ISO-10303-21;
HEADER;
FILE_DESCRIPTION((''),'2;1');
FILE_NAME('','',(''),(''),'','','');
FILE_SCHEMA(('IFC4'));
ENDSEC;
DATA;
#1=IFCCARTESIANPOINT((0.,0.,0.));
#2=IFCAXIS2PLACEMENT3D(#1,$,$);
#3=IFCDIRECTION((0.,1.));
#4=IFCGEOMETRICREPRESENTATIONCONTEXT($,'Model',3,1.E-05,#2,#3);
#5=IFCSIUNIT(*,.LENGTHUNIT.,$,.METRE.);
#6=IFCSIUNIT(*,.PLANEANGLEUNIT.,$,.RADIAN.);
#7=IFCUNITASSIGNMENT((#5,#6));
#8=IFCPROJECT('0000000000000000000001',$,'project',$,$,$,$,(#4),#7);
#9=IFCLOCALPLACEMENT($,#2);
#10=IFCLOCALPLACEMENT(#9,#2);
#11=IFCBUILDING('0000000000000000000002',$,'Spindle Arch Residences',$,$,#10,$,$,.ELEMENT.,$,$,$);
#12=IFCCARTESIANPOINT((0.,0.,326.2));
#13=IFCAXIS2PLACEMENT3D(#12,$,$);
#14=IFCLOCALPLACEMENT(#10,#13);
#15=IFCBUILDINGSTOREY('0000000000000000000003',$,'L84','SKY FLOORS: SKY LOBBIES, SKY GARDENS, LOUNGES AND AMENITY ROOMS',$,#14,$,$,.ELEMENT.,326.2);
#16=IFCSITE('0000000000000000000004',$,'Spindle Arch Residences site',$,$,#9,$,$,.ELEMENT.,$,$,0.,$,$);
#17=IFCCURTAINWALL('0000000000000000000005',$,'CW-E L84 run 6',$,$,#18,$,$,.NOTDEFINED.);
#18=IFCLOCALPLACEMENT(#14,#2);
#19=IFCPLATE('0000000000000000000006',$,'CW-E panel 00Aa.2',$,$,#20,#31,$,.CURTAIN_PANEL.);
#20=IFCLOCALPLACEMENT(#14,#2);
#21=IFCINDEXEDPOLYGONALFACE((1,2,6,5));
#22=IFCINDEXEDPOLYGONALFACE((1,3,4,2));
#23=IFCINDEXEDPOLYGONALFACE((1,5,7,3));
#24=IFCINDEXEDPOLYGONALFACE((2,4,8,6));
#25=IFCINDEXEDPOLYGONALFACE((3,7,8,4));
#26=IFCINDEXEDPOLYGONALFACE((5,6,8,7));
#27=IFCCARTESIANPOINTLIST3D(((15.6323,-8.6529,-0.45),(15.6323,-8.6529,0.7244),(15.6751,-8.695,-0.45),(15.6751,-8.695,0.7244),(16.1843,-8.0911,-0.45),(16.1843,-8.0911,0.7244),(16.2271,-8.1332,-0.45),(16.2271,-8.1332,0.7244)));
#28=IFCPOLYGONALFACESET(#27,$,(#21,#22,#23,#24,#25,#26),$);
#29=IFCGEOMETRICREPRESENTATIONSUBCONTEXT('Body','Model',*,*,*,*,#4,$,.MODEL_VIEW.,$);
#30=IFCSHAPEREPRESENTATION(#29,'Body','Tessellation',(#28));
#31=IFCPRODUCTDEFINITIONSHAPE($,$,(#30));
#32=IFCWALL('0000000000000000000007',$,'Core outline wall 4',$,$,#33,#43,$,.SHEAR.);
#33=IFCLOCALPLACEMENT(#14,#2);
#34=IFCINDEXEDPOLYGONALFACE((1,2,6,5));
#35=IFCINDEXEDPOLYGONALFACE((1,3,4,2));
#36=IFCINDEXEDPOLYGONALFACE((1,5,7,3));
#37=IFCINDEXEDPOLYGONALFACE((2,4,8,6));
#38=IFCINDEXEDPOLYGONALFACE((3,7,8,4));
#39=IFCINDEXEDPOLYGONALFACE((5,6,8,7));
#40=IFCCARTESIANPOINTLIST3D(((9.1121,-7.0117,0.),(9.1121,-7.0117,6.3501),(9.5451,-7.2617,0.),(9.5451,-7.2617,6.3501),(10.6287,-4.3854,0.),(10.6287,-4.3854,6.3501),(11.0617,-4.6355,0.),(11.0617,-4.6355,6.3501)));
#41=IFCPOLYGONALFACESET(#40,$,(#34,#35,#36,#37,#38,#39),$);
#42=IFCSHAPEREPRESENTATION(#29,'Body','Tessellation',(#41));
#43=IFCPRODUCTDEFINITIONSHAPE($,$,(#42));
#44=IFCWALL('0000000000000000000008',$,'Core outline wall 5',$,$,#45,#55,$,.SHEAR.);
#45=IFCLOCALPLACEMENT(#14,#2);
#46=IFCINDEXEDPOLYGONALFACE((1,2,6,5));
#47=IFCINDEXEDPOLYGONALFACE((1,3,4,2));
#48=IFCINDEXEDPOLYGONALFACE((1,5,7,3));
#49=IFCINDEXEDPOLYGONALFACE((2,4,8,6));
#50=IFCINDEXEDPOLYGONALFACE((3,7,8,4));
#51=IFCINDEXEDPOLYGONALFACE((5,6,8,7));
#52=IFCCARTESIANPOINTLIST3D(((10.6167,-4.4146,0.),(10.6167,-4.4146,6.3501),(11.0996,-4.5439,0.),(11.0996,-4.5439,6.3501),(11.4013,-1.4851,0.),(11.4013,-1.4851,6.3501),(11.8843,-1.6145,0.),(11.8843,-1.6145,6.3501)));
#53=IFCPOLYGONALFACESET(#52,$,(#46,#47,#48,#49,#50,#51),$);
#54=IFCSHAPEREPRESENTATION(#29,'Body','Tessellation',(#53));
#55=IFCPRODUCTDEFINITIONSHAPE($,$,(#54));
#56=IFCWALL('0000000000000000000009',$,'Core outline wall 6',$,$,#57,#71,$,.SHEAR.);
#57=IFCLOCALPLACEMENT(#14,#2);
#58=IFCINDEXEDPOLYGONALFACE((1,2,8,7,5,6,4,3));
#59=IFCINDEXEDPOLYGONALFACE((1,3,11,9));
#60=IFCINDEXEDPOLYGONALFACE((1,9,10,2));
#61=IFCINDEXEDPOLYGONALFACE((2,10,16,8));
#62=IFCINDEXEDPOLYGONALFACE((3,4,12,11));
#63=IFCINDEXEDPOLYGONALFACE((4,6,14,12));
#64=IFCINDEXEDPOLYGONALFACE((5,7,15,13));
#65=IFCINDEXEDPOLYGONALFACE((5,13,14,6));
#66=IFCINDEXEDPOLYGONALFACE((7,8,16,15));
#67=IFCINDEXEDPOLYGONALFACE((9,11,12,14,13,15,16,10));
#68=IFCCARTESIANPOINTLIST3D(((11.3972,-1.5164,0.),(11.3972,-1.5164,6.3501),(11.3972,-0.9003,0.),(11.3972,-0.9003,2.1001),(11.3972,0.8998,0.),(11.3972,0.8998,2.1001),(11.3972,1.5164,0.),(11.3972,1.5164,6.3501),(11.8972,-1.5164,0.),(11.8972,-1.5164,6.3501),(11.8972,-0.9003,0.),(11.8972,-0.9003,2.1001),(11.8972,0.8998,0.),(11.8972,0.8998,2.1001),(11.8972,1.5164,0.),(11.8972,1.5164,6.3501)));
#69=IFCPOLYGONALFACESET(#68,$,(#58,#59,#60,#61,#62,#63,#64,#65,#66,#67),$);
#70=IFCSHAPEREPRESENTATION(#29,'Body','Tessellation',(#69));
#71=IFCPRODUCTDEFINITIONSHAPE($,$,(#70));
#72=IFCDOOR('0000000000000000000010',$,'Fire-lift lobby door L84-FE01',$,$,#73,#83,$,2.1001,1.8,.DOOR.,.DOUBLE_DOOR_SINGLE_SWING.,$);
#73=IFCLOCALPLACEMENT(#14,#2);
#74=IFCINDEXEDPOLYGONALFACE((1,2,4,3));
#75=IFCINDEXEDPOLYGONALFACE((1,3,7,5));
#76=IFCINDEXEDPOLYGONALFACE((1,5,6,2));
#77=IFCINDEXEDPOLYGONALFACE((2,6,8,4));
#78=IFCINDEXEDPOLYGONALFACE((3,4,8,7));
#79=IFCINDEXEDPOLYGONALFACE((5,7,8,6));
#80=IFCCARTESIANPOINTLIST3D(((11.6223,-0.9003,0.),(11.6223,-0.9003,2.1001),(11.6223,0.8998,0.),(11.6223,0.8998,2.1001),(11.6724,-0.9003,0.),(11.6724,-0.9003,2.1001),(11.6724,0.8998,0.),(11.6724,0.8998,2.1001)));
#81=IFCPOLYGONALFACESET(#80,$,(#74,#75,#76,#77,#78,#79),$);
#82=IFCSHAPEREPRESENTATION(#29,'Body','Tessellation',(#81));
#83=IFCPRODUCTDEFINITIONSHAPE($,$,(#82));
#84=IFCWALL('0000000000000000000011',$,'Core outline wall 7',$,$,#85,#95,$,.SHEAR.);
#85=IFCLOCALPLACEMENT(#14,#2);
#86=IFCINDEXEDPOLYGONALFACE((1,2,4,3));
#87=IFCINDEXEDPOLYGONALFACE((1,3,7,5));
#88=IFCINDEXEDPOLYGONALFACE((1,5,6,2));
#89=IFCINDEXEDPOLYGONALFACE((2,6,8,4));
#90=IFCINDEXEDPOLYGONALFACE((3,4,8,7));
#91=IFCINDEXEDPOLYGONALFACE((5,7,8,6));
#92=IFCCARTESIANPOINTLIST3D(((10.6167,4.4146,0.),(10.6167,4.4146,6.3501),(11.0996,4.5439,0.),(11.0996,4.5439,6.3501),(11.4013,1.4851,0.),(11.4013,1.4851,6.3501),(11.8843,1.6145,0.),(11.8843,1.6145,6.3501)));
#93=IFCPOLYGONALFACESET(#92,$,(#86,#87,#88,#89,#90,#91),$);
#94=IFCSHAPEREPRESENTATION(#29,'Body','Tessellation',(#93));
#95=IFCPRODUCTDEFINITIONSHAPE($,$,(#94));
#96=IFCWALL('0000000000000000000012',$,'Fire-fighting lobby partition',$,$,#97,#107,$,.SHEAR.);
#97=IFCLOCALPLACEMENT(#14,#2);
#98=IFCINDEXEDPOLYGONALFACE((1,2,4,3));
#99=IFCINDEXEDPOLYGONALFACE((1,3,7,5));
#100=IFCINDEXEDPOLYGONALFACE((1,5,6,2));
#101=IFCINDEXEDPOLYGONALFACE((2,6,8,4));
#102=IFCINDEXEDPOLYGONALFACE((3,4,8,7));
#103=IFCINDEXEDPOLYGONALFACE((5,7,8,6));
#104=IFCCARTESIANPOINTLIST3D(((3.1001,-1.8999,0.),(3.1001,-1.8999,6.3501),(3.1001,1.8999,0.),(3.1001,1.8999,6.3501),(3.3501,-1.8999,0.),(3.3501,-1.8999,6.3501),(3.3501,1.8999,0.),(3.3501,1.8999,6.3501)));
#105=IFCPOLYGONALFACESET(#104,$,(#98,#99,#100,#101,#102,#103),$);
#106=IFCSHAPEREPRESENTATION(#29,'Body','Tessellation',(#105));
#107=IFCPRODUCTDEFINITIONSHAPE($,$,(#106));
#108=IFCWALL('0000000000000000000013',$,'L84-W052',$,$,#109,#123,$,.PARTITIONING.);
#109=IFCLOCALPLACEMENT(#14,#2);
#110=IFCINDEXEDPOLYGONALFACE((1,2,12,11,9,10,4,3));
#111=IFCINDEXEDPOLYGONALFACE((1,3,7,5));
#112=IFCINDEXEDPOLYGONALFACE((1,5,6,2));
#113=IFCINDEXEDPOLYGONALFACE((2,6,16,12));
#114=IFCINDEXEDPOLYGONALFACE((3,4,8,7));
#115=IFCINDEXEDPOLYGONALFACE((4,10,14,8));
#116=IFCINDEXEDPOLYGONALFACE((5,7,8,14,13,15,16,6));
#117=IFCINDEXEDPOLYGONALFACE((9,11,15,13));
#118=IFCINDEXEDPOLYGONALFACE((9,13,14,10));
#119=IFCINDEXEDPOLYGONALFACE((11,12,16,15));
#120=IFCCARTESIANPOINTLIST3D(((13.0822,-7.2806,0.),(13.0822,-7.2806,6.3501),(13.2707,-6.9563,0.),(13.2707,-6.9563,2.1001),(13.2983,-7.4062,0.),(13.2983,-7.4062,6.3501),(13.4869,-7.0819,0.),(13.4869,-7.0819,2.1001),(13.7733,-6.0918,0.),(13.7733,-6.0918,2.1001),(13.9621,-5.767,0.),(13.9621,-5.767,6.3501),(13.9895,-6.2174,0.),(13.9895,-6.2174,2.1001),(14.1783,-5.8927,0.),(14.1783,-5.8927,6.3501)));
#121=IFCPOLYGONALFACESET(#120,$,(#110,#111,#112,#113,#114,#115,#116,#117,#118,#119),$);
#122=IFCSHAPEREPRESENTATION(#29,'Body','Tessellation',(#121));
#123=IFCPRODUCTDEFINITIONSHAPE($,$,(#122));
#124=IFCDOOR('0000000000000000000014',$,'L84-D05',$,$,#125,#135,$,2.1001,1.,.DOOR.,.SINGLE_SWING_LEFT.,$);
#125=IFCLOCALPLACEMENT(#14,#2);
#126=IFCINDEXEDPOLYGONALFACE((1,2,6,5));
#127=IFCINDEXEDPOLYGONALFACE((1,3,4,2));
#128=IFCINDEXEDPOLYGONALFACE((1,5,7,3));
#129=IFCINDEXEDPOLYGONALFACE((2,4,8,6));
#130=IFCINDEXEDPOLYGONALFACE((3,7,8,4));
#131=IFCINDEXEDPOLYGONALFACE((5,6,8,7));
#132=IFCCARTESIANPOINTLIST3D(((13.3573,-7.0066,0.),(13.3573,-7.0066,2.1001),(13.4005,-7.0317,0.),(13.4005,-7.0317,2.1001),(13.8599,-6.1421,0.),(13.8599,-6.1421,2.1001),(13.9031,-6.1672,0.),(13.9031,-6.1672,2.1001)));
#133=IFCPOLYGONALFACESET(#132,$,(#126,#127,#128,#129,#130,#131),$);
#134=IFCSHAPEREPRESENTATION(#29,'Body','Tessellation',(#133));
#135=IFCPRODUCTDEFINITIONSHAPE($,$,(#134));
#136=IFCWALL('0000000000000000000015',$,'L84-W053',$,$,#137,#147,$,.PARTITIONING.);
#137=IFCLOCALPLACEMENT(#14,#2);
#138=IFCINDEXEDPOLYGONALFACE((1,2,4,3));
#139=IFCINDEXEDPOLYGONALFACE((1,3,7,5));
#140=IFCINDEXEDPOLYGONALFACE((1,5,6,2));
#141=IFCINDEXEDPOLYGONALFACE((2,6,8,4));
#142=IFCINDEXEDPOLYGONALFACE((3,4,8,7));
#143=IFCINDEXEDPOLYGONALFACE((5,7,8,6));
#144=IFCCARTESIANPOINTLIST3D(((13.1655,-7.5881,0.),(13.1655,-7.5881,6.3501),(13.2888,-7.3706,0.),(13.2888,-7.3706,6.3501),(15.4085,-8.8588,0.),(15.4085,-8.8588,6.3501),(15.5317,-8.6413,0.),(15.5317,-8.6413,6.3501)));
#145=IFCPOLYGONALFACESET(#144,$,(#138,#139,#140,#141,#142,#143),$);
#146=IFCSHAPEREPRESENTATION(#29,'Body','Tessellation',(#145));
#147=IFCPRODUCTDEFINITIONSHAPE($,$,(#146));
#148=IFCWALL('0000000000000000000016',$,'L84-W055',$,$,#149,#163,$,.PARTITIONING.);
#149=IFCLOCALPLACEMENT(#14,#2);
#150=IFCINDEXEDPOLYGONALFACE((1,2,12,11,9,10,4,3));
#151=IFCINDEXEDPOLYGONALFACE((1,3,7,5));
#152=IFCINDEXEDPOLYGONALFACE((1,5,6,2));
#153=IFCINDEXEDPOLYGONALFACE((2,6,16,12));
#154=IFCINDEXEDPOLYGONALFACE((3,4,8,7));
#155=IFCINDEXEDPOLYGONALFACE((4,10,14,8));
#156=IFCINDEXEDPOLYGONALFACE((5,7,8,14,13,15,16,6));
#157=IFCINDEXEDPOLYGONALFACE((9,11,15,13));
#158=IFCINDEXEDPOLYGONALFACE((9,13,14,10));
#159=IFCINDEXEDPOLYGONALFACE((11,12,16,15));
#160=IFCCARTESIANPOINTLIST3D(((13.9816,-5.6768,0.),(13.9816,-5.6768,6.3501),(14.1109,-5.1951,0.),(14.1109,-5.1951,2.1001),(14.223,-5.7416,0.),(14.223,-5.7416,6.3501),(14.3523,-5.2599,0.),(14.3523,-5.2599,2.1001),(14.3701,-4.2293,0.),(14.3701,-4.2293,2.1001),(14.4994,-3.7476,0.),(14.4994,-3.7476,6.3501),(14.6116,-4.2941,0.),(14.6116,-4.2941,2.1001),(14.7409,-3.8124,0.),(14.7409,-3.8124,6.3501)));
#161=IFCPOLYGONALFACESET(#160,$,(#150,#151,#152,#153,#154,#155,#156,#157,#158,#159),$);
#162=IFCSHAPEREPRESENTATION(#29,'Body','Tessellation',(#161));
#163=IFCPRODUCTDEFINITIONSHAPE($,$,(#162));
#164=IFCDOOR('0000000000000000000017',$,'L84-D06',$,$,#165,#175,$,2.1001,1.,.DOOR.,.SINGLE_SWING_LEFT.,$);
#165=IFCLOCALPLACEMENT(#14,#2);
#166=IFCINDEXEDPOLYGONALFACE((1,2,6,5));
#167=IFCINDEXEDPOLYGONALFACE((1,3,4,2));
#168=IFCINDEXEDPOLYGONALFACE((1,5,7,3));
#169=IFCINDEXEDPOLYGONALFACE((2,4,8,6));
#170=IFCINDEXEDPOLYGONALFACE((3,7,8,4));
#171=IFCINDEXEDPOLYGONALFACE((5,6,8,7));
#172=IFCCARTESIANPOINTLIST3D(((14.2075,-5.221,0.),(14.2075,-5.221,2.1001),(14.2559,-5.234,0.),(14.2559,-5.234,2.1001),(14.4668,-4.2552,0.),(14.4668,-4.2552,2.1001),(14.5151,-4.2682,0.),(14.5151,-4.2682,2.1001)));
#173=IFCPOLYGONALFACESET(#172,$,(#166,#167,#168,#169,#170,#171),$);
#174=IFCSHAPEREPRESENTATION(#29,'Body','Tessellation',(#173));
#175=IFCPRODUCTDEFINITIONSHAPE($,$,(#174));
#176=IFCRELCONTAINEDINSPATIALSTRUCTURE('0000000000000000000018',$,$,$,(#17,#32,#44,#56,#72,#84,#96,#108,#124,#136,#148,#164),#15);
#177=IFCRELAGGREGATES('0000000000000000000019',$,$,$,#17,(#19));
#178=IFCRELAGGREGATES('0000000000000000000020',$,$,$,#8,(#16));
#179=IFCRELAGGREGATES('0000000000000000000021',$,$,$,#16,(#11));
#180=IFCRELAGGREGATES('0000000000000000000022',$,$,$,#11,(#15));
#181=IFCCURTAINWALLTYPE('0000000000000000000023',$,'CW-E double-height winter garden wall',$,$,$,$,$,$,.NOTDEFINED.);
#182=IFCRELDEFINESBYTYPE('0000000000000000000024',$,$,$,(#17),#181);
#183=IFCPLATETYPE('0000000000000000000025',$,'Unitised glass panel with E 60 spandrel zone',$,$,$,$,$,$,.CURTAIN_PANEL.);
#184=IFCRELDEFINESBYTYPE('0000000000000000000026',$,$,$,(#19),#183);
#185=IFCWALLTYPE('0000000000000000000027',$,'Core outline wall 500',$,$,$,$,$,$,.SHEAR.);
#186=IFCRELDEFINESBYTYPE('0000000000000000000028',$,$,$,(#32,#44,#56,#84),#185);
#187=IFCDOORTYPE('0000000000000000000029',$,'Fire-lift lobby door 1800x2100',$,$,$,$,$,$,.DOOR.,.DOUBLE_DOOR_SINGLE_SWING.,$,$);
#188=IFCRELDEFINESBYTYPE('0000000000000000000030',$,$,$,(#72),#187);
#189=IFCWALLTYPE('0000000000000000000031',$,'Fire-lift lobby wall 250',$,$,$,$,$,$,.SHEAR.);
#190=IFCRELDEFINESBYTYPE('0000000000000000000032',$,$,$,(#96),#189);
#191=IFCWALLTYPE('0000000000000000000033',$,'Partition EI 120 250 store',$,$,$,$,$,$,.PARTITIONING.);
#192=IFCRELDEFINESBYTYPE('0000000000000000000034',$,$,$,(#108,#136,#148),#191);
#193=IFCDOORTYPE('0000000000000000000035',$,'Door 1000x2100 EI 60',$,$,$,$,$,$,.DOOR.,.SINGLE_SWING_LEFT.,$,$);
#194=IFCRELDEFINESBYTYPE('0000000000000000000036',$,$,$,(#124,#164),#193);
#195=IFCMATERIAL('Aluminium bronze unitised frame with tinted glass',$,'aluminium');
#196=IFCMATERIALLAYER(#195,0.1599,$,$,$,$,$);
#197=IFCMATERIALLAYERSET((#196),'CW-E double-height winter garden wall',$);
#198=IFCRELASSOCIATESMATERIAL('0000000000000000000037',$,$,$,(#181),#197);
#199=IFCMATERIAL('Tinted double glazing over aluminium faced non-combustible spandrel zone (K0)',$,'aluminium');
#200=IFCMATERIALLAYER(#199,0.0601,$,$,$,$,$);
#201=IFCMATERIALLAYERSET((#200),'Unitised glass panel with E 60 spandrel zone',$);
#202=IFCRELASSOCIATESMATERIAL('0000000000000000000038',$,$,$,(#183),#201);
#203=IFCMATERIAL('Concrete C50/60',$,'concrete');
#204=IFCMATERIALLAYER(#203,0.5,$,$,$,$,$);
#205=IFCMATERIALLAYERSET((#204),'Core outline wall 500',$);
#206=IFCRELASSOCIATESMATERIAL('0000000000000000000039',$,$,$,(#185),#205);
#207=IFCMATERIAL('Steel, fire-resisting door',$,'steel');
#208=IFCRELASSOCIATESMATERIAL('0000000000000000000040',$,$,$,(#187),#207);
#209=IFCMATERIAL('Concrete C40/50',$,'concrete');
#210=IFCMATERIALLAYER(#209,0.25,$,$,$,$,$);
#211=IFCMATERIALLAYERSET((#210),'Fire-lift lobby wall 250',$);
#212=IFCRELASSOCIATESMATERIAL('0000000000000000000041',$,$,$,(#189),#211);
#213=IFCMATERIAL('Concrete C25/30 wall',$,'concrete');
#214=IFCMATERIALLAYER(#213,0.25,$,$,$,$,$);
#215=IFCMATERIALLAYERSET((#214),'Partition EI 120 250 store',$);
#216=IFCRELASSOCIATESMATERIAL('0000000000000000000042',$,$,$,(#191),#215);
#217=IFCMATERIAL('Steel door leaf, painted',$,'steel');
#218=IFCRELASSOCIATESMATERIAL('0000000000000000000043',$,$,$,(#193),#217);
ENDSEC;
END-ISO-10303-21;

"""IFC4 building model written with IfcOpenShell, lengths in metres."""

from ifc_helpers import new_model, si_unit, direction, frame, frame_2d, origin, origin_2d, place, context, subcontext, project, spatial, rectangle, extrude, material, layer, layer_set, type_object, element, fill, aggregate, save


model = new_model("IFC4")

# Units and contexts
model_context = context("Model", 3, precision=1e-05, world=origin(), true_north=direction((0.0, 1.0)))
body_context = subcontext(model_context, "Body", "Model", "MODEL_VIEW")
ifc_project = project(units=[si_unit("LENGTHUNIT", "METRE"), si_unit("PLANEANGLEUNIT", "RADIAN")], contexts=[model_context])

# Site, building, storey
site_placement = place(None, origin())
site = spatial("IfcSite", under=ifc_project, at=site_placement, Name="Spindle Arch Residences site", CompositionType="ELEMENT", RefElevation=0.0)
building_placement = place(site_placement, origin())
building = spatial("IfcBuilding", under=site, at=building_placement, Name="Spindle Arch Residences", CompositionType="ELEMENT")
storey_placement = place(building_placement, frame((0.0, 0.0, 326.2)))
storey = spatial("IfcBuildingStorey", under=building, at=storey_placement, Name="L84", Description="SKY FLOORS: SKY LOBBIES, SKY GARDENS, LOUNGES AND AMENITY ROOMS", CompositionType="ELEMENT", Elevation=326.2)

# Curtain wall, plate
ifc_material_1 = material(Name="Aluminium bronze unitised frame with tinted glass", Category="aluminium")
ifc_layer_1 = layer(ifc_material_1, 0.1599)
ifc_layer_set_1 = layer_set([ifc_layer_1], Name="CW-E double-height winter garden wall")
curtain_wall_type = type_object("IfcCurtainWallType", Name="CW-E double-height winter garden wall", PredefinedType="NOTDEFINED", material=ifc_layer_set_1)
curtain_wall_placement = place(storey_placement, origin())
curtain_wall = element("IfcCurtainWall", 1, at=curtain_wall_placement, inside=storey, type_object=curtain_wall_type, Name="CW-E L84 run 6", PredefinedType="NOTDEFINED")
ifc_material_2 = material(Name="Tinted double glazing over aluminium faced non-combustible spandrel zone (K0)", Category="aluminium")
ifc_layer_2 = layer(ifc_material_2, 0.0601)
ifc_layer_set_2 = layer_set([ifc_layer_2], Name="Unitised glass panel with E 60 spandrel zone")
plate_type = type_object("IfcPlateType", Name="Unitised glass panel with E 60 spandrel zone", PredefinedType="CURTAIN_PANEL", material=ifc_layer_set_2)
plate_placement = place(storey_placement, frame((15.9297, -8.3931, -0.45), z_axis=(0.0, 0.0, 1.0), x_axis=(0.700909, 0.71325, 0.0)))
plate = element("IfcPlate", 2, at=plate_placement, type_object=plate_type, Name="CW-E panel 00Aa.2", PredefinedType="CURTAIN_PANEL", context=body_context, shape_type="SweptSolid", body=[
    extrude(rectangle(XDim=0.7876, YDim=0.0601, at=origin_2d()), origin(), (0.0, 0.0, 1.0), 1.1743),
])
aggregate(curtain_wall, [plate])

# Walls
ifc_material_3 = material(Name="Concrete C50/60", Category="concrete")
ifc_layer_3 = layer(ifc_material_3, 0.5)
ifc_layer_set_3 = layer_set([ifc_layer_3], Name="Core outline wall 500")
wall_type_1 = type_object("IfcWallType", Name="Core outline wall 500", PredefinedType="SHEAR", material=ifc_layer_set_3)
for number, where, z_axis, x_axis, name in (
    (3, (9.3286, -7.1367, 0.0), (0.0, 0.0, 1.0), (0.500087, 0.865975, 0.0), "Core outline wall 4"),
    (4, (10.8582, -4.4792, 0.0), (0.0, 0.0, 1.0), (0.258735, 0.965948, 0.0), "Core outline wall 5"),
):
    element("IfcWall", number, at=place(storey_placement, frame(where, z_axis=z_axis, x_axis=x_axis)), inside=storey, type_object=wall_type_1, Name=name, PredefinedType="SHEAR", context=body_context, shape_type="SweptSolid", body=[
        extrude(rectangle(XDim=3.0327, YDim=0.5, at=frame_2d((1.5164, 0.0))), origin(), (0.0, 0.0, 1.0), 6.3501),
    ])

# Wall, opening, door
wall_1_placement = place(storey_placement, frame((11.6472, -1.5164, 0.0), z_axis=(0.0, 0.0, 1.0), x_axis=(0.0, 1.0, 0.0)))
wall_1 = element("IfcWall", 5, at=wall_1_placement, inside=storey, type_object=wall_type_1, Name="Core outline wall 6", PredefinedType="SHEAR", context=body_context, shape_type="SweptSolid", body=[
    extrude(rectangle(XDim=3.0327, YDim=0.5, at=frame_2d((1.5164, 0.0))), origin(), (0.0, 0.0, 1.0), 6.3501),
])
opening_1_placement = place(wall_1_placement, frame((0.6162, 0.0, 0.0)))
opening_1 = element("IfcOpeningElement", 6, at=opening_1_placement, cuts=wall_1, PredefinedType="OPENING", context=body_context, shape_type="SweptSolid", body=[
    extrude(rectangle(XDim=1.8, YDim=2.1001, at=frame_2d((0.8999, 1.05))), frame((0.0, 0.26, 0.0), z_axis=(0.0, -1.0, 0.0), x_axis=(1.0, 0.0, 0.0)), (0.0, 0.0, 1.0), 0.52),
])
ifc_material_4 = material(Name="Steel, fire-resisting door", Category="steel")
door_type_1 = type_object("IfcDoorType", Name="Fire-lift lobby door 1800x2100", OperationType="DOUBLE_DOOR_SINGLE_SWING", PredefinedType="DOOR", material=ifc_material_4)
door_1_placement = place(opening_1_placement, origin())
door_1 = element("IfcDoor", 7, at=door_1_placement, inside=storey, type_object=door_type_1, Name="Fire-lift lobby door L84-FE01", OperationType="DOUBLE_DOOR_SINGLE_SWING", OverallHeight=2.1001, OverallWidth=1.8, PredefinedType="DOOR", context=body_context, shape_type="SweptSolid", body=[
    extrude(rectangle(XDim=1.8, YDim=2.1001, at=frame_2d((0.8999, 1.05))), frame((0.0, 0.0249, 0.0), z_axis=(0.0, -1.0, 0.0), x_axis=(1.0, 0.0, 0.0)), (0.0, 0.0, 1.0), 0.05),
])
fill(opening_1, door_1)

# Walls
wall_2_placement = place(storey_placement, frame((11.6428, 1.5498, 0.0), z_axis=(0.0, 0.0, 1.0), x_axis=(-0.258735, 0.965948, 0.0)))
element("IfcWall", 8, at=wall_2_placement, inside=storey, type_object=wall_type_1, Name="Core outline wall 7", PredefinedType="SHEAR", context=body_context, shape_type="SweptSolid", body=[
    extrude(rectangle(XDim=3.0327, YDim=0.5, at=frame_2d((1.5164, 0.0))), origin(), (0.0, 0.0, 1.0), 6.3501),
])
ifc_material_5 = material(Name="Concrete C40/50", Category="concrete")
ifc_layer_4 = layer(ifc_material_5, 0.25)
ifc_layer_set_4 = layer_set([ifc_layer_4], Name="Fire-lift lobby wall 250")
wall_type_2 = type_object("IfcWallType", Name="Fire-lift lobby wall 250", PredefinedType="SHEAR", material=ifc_layer_set_4)
wall_3_placement = place(storey_placement, frame((3.2251, -1.8999, 0.0), z_axis=(0.0, 0.0, 1.0), x_axis=(0.0, 1.0, 0.0)))
element("IfcWall", 9, at=wall_3_placement, inside=storey, type_object=wall_type_2, Name="Fire-fighting lobby partition", PredefinedType="SHEAR", context=body_context, shape_type="SweptSolid", body=[
    extrude(rectangle(XDim=3.7998, YDim=0.25, at=frame_2d((1.8999, 0.0))), origin(), (0.0, 0.0, 1.0), 6.3501),
])

# Wall, opening, door
ifc_material_6 = material(Name="Concrete C25/30 wall", Category="concrete")
ifc_layer_5 = layer(ifc_material_6, 0.25)
ifc_layer_set_5 = layer_set([ifc_layer_5], Name="Partition EI 120 250 store")
wall_type_3 = type_object("IfcWallType", Name="Partition EI 120 250 store", PredefinedType="PARTITIONING", material=ifc_layer_set_5)
wall_4_placement = place(storey_placement, frame((13.1902, -7.3435, 0.0), z_axis=(0.0, 0.0, 1.0), x_axis=(0.502613, 0.864511, 0.0)))
wall_4 = element("IfcWall", 10, at=wall_4_placement, inside=storey, type_object=wall_type_3, Name="L84-W052", PredefinedType="PARTITIONING", context=body_context, shape_type="SweptSolid", body=[
    extrude(rectangle(XDim=1.7507, YDim=0.25, at=frame_2d((0.8755, 0.0))), origin(), (0.0, 0.0, 1.0), 6.3501),
])
opening_2_placement = place(wall_4_placement, frame((0.3752, 0.0, 0.0)))
opening_2 = element("IfcOpeningElement", 11, at=opening_2_placement, cuts=wall_4, PredefinedType="OPENING", context=body_context, shape_type="SweptSolid", body=[
    extrude(rectangle(XDim=1.0, YDim=2.1001, at=frame_2d((0.5, 1.05))), frame((0.0, 0.135, 0.0), z_axis=(0.0, -1.0, 0.0), x_axis=(1.0, 0.0, 0.0)), (0.0, 0.0, 1.0), 0.27),
])
ifc_material_7 = material(Name="Steel door leaf, painted", Category="steel")
door_type_2 = type_object("IfcDoorType", Name="Door 1000x2100 EI 60", OperationType="SINGLE_SWING_LEFT", PredefinedType="DOOR", material=ifc_material_7)
door_2_placement = place(opening_2_placement, origin())
door_2 = element("IfcDoor", 12, at=door_2_placement, inside=storey, type_object=door_type_2, Name="L84-D05", OperationType="SINGLE_SWING_LEFT", OverallHeight=2.1001, OverallWidth=1.0, PredefinedType="DOOR", context=body_context, shape_type="SweptSolid", body=[
    extrude(rectangle(XDim=1.0, YDim=2.1001, at=frame_2d((0.5, 1.05))), frame((0.0, 0.0249, 0.0), z_axis=(0.0, -1.0, 0.0), x_axis=(1.0, 0.0, 0.0)), (0.0, 0.0, 1.0), 0.05),
])
fill(opening_2, door_2)

# Wall
wall_5_placement = place(storey_placement, frame((13.2271, -7.4792, 0.0), z_axis=(0.0, 0.0, 1.0), x_axis=(0.870061, -0.492943, 0.0)))
element("IfcWall", 13, at=wall_5_placement, inside=storey, type_object=wall_type_3, Name="L84-W053", PredefinedType="PARTITIONING", context=body_context, shape_type="SweptSolid", body=[
    extrude(rectangle(XDim=2.5779, YDim=0.25, at=frame_2d((1.2891, 0.0))), origin(), (0.0, 0.0, 1.0), 6.3501),
])

# Wall, opening, door
wall_6_placement = place(storey_placement, frame((14.1023, -5.7092, 0.0), z_axis=(0.0, 0.0, 1.0), x_axis=(0.259237, 0.965814, 0.0)))
wall_6 = element("IfcWall", 14, at=wall_6_placement, inside=storey, type_object=wall_type_3, Name="L84-W055", PredefinedType="PARTITIONING", context=body_context, shape_type="SweptSolid", body=[
    extrude(rectangle(XDim=1.9976, YDim=0.25, at=frame_2d((0.9988, 0.0))), origin(), (0.0, 0.0, 1.0), 6.3501),
])
opening_3_placement = place(wall_6_placement, frame((0.4988, 0.0, 0.0)))
opening_3 = element("IfcOpeningElement", 15, at=opening_3_placement, cuts=wall_6, PredefinedType="OPENING", context=body_context, shape_type="SweptSolid", body=[
    extrude(rectangle(XDim=1.0, YDim=2.1001, at=frame_2d((0.5, 1.05))), frame((0.0, 0.135, 0.0), z_axis=(0.0, -1.0, 0.0), x_axis=(1.0, 0.0, 0.0)), (0.0, 0.0, 1.0), 0.27),
])
door_3_placement = place(opening_3_placement, origin())
door_3 = element("IfcDoor", 16, at=door_3_placement, inside=storey, type_object=door_type_2, Name="L84-D06", OperationType="SINGLE_SWING_LEFT", OverallHeight=2.1001, OverallWidth=1.0, PredefinedType="DOOR", context=body_context, shape_type="SweptSolid", body=[
    extrude(rectangle(XDim=1.0, YDim=2.1001, at=frame_2d((0.5, 1.05))), frame((0.0, 0.0249, 0.0), z_axis=(0.0, -1.0, 0.0), x_axis=(1.0, 0.0, 0.0)), (0.0, 0.0, 1.0), 0.05),
])
fill(opening_3, door_3)

save(model, "model.ifc")
